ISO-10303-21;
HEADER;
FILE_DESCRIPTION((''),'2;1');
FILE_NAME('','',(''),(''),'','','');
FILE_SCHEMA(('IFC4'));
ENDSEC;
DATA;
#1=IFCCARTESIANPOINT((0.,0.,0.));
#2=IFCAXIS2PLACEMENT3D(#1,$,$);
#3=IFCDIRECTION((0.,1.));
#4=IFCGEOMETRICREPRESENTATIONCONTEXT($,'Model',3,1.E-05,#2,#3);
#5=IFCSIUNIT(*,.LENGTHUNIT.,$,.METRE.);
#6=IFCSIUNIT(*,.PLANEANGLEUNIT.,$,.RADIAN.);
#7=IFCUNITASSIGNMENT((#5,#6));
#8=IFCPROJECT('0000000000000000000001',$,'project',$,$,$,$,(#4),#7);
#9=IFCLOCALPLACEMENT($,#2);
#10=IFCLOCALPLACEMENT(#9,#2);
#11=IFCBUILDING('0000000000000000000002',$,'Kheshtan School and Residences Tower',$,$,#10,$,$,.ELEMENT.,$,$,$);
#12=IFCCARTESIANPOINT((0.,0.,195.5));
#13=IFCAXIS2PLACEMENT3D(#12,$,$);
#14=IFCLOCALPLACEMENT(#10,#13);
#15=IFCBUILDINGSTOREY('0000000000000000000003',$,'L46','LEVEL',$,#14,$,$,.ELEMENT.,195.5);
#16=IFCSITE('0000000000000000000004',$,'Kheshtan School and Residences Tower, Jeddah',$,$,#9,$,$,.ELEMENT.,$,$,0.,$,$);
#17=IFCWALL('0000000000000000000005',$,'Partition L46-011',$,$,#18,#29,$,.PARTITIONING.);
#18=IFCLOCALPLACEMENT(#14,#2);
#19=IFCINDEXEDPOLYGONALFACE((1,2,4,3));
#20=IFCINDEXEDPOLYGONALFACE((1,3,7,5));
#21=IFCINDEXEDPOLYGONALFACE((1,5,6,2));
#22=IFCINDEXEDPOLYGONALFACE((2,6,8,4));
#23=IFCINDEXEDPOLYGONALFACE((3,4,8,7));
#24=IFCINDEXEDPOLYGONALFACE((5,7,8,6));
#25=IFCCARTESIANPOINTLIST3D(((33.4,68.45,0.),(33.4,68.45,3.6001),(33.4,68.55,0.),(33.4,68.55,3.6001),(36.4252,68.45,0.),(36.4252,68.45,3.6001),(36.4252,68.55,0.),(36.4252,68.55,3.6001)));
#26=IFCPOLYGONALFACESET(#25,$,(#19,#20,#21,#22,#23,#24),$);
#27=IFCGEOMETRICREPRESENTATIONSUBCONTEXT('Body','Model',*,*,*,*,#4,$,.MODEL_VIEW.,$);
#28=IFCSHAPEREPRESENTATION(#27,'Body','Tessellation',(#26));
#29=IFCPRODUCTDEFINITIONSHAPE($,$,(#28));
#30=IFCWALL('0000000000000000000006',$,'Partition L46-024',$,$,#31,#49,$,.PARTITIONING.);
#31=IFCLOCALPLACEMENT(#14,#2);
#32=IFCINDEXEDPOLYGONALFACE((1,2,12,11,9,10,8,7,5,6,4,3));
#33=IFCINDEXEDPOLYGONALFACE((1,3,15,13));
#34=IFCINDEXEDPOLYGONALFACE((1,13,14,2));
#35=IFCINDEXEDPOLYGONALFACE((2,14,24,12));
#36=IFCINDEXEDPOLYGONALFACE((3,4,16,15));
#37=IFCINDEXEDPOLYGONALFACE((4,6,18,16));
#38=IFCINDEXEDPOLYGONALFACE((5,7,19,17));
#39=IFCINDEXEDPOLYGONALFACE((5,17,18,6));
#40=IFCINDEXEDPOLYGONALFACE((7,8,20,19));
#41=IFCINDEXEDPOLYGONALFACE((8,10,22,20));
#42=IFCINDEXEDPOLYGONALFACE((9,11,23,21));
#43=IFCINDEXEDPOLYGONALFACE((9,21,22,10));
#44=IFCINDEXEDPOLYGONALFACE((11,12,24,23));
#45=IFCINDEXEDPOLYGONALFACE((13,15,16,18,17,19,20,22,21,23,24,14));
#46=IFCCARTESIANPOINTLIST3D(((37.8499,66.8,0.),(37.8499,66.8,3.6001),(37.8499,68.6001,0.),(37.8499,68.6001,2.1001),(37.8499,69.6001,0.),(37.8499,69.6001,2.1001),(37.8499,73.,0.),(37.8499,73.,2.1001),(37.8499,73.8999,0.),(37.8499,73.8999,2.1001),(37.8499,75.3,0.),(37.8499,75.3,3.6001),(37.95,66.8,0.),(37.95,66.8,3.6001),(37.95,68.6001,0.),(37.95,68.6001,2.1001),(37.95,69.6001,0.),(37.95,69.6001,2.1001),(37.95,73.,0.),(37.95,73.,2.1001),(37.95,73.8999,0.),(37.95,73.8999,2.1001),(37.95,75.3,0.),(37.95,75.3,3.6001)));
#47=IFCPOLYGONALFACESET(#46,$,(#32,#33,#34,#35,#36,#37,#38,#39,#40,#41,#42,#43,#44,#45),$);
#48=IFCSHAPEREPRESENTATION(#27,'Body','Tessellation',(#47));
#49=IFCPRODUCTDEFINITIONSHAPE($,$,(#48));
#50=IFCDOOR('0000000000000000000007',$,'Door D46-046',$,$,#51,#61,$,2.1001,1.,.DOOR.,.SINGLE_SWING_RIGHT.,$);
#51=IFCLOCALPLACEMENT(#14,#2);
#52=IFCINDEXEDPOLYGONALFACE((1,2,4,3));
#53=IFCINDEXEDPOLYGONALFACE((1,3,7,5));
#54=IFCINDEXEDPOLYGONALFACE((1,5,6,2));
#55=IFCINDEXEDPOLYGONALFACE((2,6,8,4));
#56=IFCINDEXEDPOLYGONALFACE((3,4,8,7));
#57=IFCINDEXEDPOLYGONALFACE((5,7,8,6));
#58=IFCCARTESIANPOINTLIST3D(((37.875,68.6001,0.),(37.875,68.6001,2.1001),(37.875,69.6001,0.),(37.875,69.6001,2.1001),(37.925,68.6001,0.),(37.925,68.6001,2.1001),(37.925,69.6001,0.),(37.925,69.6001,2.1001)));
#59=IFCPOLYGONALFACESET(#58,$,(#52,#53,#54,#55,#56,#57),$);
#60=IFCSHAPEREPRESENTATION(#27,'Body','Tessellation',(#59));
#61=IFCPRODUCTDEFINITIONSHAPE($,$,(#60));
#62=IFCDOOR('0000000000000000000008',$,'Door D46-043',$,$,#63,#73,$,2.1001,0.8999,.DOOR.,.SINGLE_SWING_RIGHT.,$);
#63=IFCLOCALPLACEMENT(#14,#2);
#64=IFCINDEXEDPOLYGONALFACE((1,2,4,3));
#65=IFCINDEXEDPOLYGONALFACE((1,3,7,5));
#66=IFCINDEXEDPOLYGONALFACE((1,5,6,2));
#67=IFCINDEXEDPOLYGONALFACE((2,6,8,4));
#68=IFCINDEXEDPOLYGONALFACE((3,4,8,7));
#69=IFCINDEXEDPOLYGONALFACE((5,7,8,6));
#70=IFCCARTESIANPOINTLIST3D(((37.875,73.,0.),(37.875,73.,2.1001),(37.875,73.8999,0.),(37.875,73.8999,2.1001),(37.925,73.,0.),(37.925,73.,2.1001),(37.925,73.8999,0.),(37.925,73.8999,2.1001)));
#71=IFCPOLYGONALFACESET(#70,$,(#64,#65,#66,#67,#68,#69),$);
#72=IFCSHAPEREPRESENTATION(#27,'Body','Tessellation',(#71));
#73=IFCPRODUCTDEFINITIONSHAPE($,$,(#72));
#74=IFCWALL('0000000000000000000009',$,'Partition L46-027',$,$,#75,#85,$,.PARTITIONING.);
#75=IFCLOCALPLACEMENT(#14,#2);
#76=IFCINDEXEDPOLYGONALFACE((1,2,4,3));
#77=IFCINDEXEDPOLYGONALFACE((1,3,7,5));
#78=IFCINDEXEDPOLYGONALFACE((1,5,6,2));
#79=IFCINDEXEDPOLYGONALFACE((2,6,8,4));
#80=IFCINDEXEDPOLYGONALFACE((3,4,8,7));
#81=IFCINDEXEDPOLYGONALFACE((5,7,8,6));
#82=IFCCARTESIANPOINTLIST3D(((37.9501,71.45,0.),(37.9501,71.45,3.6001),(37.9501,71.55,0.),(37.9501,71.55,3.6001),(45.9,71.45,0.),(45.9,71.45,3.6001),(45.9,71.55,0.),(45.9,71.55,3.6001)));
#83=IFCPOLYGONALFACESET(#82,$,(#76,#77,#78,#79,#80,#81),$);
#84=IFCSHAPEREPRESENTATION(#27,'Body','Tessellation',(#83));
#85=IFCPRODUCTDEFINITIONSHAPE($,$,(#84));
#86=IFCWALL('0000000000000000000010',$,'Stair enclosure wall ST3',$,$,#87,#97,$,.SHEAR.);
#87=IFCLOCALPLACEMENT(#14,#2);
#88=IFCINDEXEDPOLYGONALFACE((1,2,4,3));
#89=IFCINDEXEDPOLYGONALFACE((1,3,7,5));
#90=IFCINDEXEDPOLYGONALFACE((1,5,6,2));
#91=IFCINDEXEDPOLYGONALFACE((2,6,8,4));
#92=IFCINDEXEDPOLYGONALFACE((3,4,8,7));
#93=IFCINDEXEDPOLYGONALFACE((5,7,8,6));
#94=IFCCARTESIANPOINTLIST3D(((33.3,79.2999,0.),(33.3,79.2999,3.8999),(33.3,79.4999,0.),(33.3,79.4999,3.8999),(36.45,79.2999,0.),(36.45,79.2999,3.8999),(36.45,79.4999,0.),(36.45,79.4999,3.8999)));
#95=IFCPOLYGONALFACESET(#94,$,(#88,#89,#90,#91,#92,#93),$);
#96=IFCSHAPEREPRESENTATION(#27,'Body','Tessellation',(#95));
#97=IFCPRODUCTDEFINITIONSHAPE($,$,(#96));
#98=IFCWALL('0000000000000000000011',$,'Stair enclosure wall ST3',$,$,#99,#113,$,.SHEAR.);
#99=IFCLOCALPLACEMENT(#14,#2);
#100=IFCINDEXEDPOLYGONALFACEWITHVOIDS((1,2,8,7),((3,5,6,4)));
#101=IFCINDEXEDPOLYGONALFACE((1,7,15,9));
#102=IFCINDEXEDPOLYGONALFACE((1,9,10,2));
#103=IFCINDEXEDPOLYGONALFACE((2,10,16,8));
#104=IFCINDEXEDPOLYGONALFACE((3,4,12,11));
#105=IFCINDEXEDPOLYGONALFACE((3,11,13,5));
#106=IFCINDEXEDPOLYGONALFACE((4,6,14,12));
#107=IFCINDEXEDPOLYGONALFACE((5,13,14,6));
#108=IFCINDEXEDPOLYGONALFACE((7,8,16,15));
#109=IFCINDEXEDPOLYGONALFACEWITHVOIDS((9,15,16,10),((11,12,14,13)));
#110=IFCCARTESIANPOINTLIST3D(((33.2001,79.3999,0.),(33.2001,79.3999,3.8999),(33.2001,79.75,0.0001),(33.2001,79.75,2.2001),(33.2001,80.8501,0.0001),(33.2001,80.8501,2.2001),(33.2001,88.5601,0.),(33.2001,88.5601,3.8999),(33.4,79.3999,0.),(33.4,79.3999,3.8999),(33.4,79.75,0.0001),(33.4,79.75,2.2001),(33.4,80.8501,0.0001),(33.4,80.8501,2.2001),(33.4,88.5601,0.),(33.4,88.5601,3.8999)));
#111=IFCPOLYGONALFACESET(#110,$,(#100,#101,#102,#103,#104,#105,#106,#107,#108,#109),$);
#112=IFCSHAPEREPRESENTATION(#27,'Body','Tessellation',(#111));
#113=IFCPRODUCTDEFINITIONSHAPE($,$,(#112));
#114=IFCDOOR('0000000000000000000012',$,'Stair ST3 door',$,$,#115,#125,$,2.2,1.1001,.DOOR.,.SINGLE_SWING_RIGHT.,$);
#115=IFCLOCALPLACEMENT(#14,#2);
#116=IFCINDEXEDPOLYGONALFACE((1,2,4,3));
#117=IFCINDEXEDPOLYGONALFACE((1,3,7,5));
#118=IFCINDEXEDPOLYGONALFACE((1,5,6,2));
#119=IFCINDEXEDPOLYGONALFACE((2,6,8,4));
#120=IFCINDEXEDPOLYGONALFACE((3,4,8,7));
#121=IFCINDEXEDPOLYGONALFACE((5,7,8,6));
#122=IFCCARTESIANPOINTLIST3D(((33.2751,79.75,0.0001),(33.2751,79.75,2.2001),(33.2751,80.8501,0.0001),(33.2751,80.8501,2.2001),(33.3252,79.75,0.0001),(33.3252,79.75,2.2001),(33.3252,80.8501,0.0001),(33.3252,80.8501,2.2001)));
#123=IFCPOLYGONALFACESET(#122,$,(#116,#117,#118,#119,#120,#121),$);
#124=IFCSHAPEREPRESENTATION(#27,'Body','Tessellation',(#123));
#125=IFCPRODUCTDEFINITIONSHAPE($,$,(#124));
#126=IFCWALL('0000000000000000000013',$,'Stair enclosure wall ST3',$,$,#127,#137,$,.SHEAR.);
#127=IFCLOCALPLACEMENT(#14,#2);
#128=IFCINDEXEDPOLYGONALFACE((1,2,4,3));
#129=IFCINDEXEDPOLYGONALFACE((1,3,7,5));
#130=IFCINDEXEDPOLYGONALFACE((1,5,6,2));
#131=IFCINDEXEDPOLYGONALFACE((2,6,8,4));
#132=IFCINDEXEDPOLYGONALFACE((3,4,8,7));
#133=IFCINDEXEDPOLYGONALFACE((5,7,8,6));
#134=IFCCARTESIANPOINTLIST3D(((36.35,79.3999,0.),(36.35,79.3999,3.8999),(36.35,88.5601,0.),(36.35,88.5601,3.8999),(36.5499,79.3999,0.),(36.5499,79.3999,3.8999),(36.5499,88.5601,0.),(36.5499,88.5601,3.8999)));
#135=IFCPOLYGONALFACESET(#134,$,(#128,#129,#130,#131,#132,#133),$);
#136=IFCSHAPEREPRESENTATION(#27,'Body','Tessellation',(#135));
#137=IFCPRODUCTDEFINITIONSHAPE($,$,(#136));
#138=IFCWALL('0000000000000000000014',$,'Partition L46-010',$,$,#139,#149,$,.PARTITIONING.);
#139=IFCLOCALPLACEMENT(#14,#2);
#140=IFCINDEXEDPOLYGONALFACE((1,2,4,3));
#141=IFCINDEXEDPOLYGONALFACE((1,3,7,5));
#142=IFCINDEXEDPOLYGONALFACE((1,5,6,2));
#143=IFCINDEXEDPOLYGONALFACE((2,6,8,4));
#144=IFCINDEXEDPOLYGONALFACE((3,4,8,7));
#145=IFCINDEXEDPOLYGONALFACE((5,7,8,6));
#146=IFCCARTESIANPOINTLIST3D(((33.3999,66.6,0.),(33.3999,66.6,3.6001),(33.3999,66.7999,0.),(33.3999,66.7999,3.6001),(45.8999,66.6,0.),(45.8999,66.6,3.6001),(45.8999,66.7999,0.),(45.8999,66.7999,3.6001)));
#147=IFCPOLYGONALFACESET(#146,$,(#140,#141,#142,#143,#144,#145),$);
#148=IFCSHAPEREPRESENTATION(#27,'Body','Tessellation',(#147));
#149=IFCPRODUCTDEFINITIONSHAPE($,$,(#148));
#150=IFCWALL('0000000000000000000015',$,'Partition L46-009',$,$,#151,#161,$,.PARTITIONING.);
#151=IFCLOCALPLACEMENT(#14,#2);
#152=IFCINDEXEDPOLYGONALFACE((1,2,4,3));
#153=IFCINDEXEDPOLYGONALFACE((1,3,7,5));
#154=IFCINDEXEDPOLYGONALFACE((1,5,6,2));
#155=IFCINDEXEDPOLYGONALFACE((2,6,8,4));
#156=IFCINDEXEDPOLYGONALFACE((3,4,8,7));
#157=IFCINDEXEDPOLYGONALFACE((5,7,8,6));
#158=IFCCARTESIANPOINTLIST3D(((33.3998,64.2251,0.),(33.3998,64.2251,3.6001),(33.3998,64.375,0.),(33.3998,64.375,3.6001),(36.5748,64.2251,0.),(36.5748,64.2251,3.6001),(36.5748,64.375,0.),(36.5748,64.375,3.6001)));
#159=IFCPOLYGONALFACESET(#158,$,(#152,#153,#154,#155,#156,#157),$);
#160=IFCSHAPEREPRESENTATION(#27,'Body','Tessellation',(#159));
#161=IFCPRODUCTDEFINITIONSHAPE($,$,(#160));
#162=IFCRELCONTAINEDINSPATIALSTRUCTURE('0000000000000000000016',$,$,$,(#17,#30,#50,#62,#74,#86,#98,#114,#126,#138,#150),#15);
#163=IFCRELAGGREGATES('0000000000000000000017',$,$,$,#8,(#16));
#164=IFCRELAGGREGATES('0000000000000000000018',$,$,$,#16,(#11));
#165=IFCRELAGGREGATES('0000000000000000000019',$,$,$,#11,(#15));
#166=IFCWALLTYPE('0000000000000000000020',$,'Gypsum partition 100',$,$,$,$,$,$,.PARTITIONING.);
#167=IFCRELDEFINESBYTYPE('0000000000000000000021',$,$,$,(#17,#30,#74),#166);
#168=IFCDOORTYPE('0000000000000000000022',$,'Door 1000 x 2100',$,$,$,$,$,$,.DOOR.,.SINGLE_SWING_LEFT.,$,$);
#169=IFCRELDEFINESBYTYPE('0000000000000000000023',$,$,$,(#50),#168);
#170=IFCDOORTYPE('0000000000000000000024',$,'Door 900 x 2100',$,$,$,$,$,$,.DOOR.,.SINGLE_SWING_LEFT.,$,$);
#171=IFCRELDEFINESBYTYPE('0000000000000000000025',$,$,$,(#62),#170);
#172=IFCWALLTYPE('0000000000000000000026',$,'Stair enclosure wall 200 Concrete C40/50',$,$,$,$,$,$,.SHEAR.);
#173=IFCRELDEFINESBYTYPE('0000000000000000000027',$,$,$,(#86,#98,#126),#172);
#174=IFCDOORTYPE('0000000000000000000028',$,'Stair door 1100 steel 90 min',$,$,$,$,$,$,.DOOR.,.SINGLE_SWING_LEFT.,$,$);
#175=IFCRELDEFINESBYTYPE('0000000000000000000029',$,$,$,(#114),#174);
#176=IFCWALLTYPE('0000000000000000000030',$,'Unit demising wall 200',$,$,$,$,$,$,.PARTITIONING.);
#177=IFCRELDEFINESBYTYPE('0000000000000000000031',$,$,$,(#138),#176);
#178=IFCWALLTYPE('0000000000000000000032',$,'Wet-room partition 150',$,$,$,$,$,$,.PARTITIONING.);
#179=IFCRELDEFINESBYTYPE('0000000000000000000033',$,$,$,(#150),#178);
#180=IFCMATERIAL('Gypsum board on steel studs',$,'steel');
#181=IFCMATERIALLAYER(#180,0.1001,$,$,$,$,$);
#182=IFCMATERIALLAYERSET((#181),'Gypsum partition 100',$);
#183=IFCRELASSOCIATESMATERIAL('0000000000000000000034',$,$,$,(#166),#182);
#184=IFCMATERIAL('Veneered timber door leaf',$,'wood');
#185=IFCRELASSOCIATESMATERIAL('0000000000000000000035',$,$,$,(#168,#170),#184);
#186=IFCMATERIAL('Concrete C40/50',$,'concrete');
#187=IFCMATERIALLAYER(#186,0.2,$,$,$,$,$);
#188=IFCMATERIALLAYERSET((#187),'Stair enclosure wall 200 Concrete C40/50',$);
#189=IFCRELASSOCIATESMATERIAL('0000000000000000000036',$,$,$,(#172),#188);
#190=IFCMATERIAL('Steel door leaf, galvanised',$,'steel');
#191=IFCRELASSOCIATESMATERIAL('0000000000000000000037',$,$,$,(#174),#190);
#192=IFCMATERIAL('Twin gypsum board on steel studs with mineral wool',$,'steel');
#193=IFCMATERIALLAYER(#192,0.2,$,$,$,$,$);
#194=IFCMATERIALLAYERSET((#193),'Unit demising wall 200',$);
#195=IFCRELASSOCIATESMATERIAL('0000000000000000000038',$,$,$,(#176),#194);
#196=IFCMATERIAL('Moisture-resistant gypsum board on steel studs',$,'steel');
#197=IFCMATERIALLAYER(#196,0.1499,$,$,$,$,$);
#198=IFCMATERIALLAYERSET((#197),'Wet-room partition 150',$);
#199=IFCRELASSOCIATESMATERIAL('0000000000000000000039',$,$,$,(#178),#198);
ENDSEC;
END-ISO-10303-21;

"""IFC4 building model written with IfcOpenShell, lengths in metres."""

from ifc_helpers import new_model, si_unit, direction, frame, frame_2d, origin, place, context, subcontext, project, spatial, rectangle, extrude, source, transform, mapped, material, layer, layer_set, type_object, element, fill, save


model = new_model("IFC4")

# Units and contexts
model_context = context("Model", 3, precision=1e-05, world=origin(), true_north=direction((0.0, 1.0)))
body_context = subcontext(model_context, "Body", "Model", "MODEL_VIEW")
ifc_project = project(units=[si_unit("LENGTHUNIT", "METRE"), si_unit("PLANEANGLEUNIT", "RADIAN")], contexts=[model_context])

# Site, building, storey
site_placement = place(None, origin())
site = spatial("IfcSite", under=ifc_project, at=site_placement, Name="Kheshtan School and Residences Tower, Jeddah", CompositionType="ELEMENT", RefElevation=0.0)
building_placement = place(site_placement, origin())
building = spatial("IfcBuilding", under=site, at=building_placement, Name="Kheshtan School and Residences Tower", CompositionType="ELEMENT")
storey_placement = place(building_placement, frame((0.0, 0.0, 195.5)))
storey = spatial("IfcBuildingStorey", under=building, at=storey_placement, Name="L46", Description="LEVEL", CompositionType="ELEMENT", Elevation=195.5)

# Wall
ifc_material_1 = material(Name="Gypsum board on steel studs", Category="steel")
ifc_layer_1 = layer(ifc_material_1, 0.1001)
ifc_layer_set_1 = layer_set([ifc_layer_1], Name="Gypsum partition 100")
wall_type_1 = type_object("IfcWallType", Name="Gypsum partition 100", PredefinedType="PARTITIONING", material=ifc_layer_set_1)
wall_1_placement = place(storey_placement, frame((33.3999, 68.5, 0.0), z_axis=(0.0, 0.0, 1.0), x_axis=(1.0, 0.0, 0.0)))
element("IfcWall", 1, at=wall_1_placement, inside=storey, type_object=wall_type_1, Name="Partition L46-011", PredefinedType="PARTITIONING", context=body_context, shape_type="SweptSolid", body=[
    extrude(rectangle(XDim=3.0251, YDim=0.1001, at=frame_2d((1.5127, 0.0))), origin(), (0.0, 0.0, 1.0), 3.6001),
])

# Wall, openings, doors
wall_2_placement = place(storey_placement, frame((37.8999, 66.8, 0.0), z_axis=(0.0, 0.0, 1.0), x_axis=(0.0, 1.0, 0.0)))
wall_2 = element("IfcWall", 2, at=wall_2_placement, inside=storey, type_object=wall_type_1, Name="Partition L46-024", PredefinedType="PARTITIONING", context=body_context, shape_type="SweptSolid", body=[
    extrude(rectangle(XDim=8.5, YDim=0.1001, at=frame_2d((4.25, 0.0))), origin(), (0.0, 0.0, 1.0), 3.6001),
])
opening_1_placement = place(wall_2_placement, frame((6.2, 0.0, 0.0)))
opening_1 = element("IfcOpeningElement", 3, at=opening_1_placement, cuts=wall_2, PredefinedType="OPENING", context=body_context, shape_type="SweptSolid", body=[
    extrude(rectangle(XDim=0.8999, YDim=2.1001, at=frame_2d((0.45, 1.05))), frame((0.0, 0.0601, 0.0), z_axis=(0.0, -1.0, 0.0), x_axis=(1.0, 0.0, 0.0)), (0.0, 0.0, 1.0), 0.1201),
])
opening_2_placement = place(wall_2_placement, frame((1.8, 0.0, 0.0)))
opening_2 = element("IfcOpeningElement", 4, at=opening_2_placement, cuts=wall_2, PredefinedType="OPENING", context=body_context, shape_type="SweptSolid", body=[
    extrude(rectangle(XDim=1.0, YDim=2.1001, at=frame_2d((0.5, 1.05))), frame((0.0, 0.0601, 0.0), z_axis=(0.0, -1.0, 0.0), x_axis=(1.0, 0.0, 0.0)), (0.0, 0.0, 1.0), 0.1201),
])
ifc_material_2 = material(Name="Veneered timber door leaf", Category="wood")
door_type_1 = type_object("IfcDoorType", Name="Door 1000 x 2100", OperationType="SINGLE_SWING_LEFT", PredefinedType="DOOR", material=ifc_material_2)
shared_shape_1 = source(origin(), body_context, "Body", "SweptSolid", [
    extrude(rectangle(XDim=1.0, YDim=2.1001, at=frame_2d((0.5, 1.05))), frame((0.0, 0.0249, 0.0), z_axis=(0.0, -1.0, 0.0), x_axis=(1.0, 0.0, 0.0)), (0.0, 0.0, 1.0), 0.05),
])
door_1_placement = place(opening_2_placement, origin())
door_1 = element("IfcDoor", 5, at=door_1_placement, inside=storey, type_object=door_type_1, Name="Door D46-046", OperationType="SINGLE_SWING_RIGHT", OverallHeight=2.1001, OverallWidth=1.0, PredefinedType="DOOR", context=body_context, shape_type="MappedRepresentation", body=[
    mapped(shared_shape_1, transform((0.0, 0.0, 0.0), x_axis=(1.0, 0.0, 0.0), y_axis=(0.0, 1.0, 0.0), z_axis=(0.0, 0.0, 1.0), scale=1.0)),
])
fill(opening_2, door_1)
door_type_2 = type_object("IfcDoorType", Name="Door 900 x 2100", OperationType="SINGLE_SWING_LEFT", PredefinedType="DOOR", material=ifc_material_2)
shared_shape_2 = source(origin(), body_context, "Body", "SweptSolid", [
    extrude(rectangle(XDim=0.8999, YDim=2.1001, at=frame_2d((0.45, 1.05))), frame((0.0, 0.0249, 0.0), z_axis=(0.0, -1.0, 0.0), x_axis=(1.0, 0.0, 0.0)), (0.0, 0.0, 1.0), 0.05),
])
door_2_placement = place(opening_1_placement, origin())
door_2 = element("IfcDoor", 6, at=door_2_placement, inside=storey, type_object=door_type_2, Name="Door D46-043", OperationType="SINGLE_SWING_RIGHT", OverallHeight=2.1001, OverallWidth=0.8999, PredefinedType="DOOR", context=body_context, shape_type="MappedRepresentation", body=[
    mapped(shared_shape_2, transform((0.0, 0.0, 0.0), x_axis=(1.0, 0.0, 0.0), y_axis=(0.0, 1.0, 0.0), z_axis=(0.0, 0.0, 1.0), scale=1.0)),
])
fill(opening_1, door_2)

# Walls
wall_3_placement = place(storey_placement, frame((37.95, 71.5, 0.0), z_axis=(0.0, 0.0, 1.0), x_axis=(1.0, 0.0, 0.0)))
element("IfcWall", 7, at=wall_3_placement, inside=storey, type_object=wall_type_1, Name="Partition L46-027", PredefinedType="PARTITIONING", context=body_context, shape_type="SweptSolid", body=[
    extrude(rectangle(XDim=7.95, YDim=0.1001, at=frame_2d((3.9751, 0.0))), origin(), (0.0, 0.0, 1.0), 3.6001),
])
ifc_material_3 = material(Name="Concrete C40/50", Category="concrete")
ifc_layer_2 = layer(ifc_material_3, 0.2)
ifc_layer_set_2 = layer_set([ifc_layer_2], Name="Stair enclosure wall 200 Concrete C40/50")
wall_type_2 = type_object("IfcWallType", Name="Stair enclosure wall 200 Concrete C40/50", PredefinedType="SHEAR", material=ifc_layer_set_2)
wall_4_placement = place(storey_placement, frame((33.3, 79.3999, 0.0), z_axis=(0.0, 0.0, 1.0), x_axis=(1.0, 0.0, 0.0)))
element("IfcWall", 8, at=wall_4_placement, inside=storey, type_object=wall_type_2, Name="Stair enclosure wall ST3", PredefinedType="SHEAR", context=body_context, shape_type="SweptSolid", body=[
    extrude(rectangle(XDim=3.1499, YDim=0.2, at=frame_2d((1.575, 0.0))), origin(), (0.0, 0.0, 1.0), 3.8999),
])

# Wall, opening, door
wall_5_placement = place(storey_placement, frame((33.3, 79.3999, 0.0), z_axis=(0.0, 0.0, 1.0), x_axis=(0.0, 1.0, 0.0)))
wall_5 = element("IfcWall", 9, at=wall_5_placement, inside=storey, type_object=wall_type_2, Name="Stair enclosure wall ST3", PredefinedType="SHEAR", context=body_context, shape_type="SweptSolid", body=[
    extrude(rectangle(XDim=9.1602, YDim=0.2, at=frame_2d((4.5801, 0.0))), origin(), (0.0, 0.0, 1.0), 3.8999),
])
opening_3_placement = place(wall_5_placement, frame((0.3501, 0.0, 0.0)))
opening_3 = element("IfcOpeningElement", 10, at=opening_3_placement, cuts=wall_5, PredefinedType="OPENING", context=body_context, shape_type="SweptSolid", body=[
    extrude(rectangle(XDim=1.1001, YDim=2.2, at=frame_2d((0.55, 1.1001))), frame((0.0, 0.1099, 0.0), z_axis=(0.0, -1.0, 0.0), x_axis=(1.0, 0.0, 0.0)), (0.0, 0.0, 1.0), 0.22),
])
ifc_material_4 = material(Name="Steel door leaf, galvanised", Category="steel")
door_type_3 = type_object("IfcDoorType", Name="Stair door 1100 steel 90 min", OperationType="SINGLE_SWING_LEFT", PredefinedType="DOOR", material=ifc_material_4)
shared_shape_3 = source(origin(), body_context, "Body", "SweptSolid", [
    extrude(rectangle(XDim=1.1001, YDim=2.2, at=frame_2d((0.55, 1.1001))), frame((0.0, 0.0249, 0.0), z_axis=(0.0, -1.0, 0.0), x_axis=(1.0, 0.0, 0.0)), (0.0, 0.0, 1.0), 0.05),
])
door_3_placement = place(opening_3_placement, origin())
door_3 = element("IfcDoor", 11, at=door_3_placement, inside=storey, type_object=door_type_3, Name="Stair ST3 door", OperationType="SINGLE_SWING_RIGHT", OverallHeight=2.2, OverallWidth=1.1001, PredefinedType="DOOR", context=body_context, shape_type="MappedRepresentation", body=[
    mapped(shared_shape_3, transform((0.0, 0.0, 0.0), x_axis=(1.0, 0.0, 0.0), y_axis=(0.0, 1.0, 0.0), z_axis=(0.0, 0.0, 1.0), scale=1.0)),
])
fill(opening_3, door_3)

# Walls
wall_6_placement = place(storey_placement, frame((36.45, 79.3999, 0.0), z_axis=(0.0, 0.0, 1.0), x_axis=(0.0, 1.0, 0.0)))
element("IfcWall", 12, at=wall_6_placement, inside=storey, type_object=wall_type_2, Name="Stair enclosure wall ST3", PredefinedType="SHEAR", context=body_context, shape_type="SweptSolid", body=[
    extrude(rectangle(XDim=9.1602, YDim=0.2, at=frame_2d((4.5801, 0.0))), origin(), (0.0, 0.0, 1.0), 3.8999),
])
ifc_material_5 = material(Name="Twin gypsum board on steel studs with mineral wool", Category="steel")
ifc_layer_3 = layer(ifc_material_5, 0.2)
ifc_layer_set_3 = layer_set([ifc_layer_3], Name="Unit demising wall 200")
wall_type_3 = type_object("IfcWallType", Name="Unit demising wall 200", PredefinedType="PARTITIONING", material=ifc_layer_set_3)
wall_7_placement = place(storey_placement, frame((33.3999, 66.7, 0.0), z_axis=(0.0, 0.0, 1.0), x_axis=(1.0, 0.0, 0.0)))
element("IfcWall", 13, at=wall_7_placement, inside=storey, type_object=wall_type_3, Name="Partition L46-010", PredefinedType="PARTITIONING", context=body_context, shape_type="SweptSolid", body=[
    extrude(rectangle(XDim=12.5, YDim=0.2, at=frame_2d((6.25, 0.0))), origin(), (0.0, 0.0, 1.0), 3.6001),
])
ifc_material_6 = material(Name="Moisture-resistant gypsum board on steel studs", Category="steel")
ifc_layer_4 = layer(ifc_material_6, 0.1499)
ifc_layer_set_4 = layer_set([ifc_layer_4], Name="Wet-room partition 150")
wall_type_4 = type_object("IfcWallType", Name="Wet-room partition 150", PredefinedType="PARTITIONING", material=ifc_layer_set_4)
wall_8_placement = place(storey_placement, frame((33.3999, 64.3, 0.0), z_axis=(0.0, 0.0, 1.0), x_axis=(1.0, 0.0, 0.0)))
element("IfcWall", 14, at=wall_8_placement, inside=storey, type_object=wall_type_4, Name="Partition L46-009", PredefinedType="PARTITIONING", context=body_context, shape_type="SweptSolid", body=[
    extrude(rectangle(XDim=3.175, YDim=0.1499, at=frame_2d((1.5874, 0.0))), origin(), (0.0, 0.0, 1.0), 3.6001),
])

save(model, "model.ifc")
